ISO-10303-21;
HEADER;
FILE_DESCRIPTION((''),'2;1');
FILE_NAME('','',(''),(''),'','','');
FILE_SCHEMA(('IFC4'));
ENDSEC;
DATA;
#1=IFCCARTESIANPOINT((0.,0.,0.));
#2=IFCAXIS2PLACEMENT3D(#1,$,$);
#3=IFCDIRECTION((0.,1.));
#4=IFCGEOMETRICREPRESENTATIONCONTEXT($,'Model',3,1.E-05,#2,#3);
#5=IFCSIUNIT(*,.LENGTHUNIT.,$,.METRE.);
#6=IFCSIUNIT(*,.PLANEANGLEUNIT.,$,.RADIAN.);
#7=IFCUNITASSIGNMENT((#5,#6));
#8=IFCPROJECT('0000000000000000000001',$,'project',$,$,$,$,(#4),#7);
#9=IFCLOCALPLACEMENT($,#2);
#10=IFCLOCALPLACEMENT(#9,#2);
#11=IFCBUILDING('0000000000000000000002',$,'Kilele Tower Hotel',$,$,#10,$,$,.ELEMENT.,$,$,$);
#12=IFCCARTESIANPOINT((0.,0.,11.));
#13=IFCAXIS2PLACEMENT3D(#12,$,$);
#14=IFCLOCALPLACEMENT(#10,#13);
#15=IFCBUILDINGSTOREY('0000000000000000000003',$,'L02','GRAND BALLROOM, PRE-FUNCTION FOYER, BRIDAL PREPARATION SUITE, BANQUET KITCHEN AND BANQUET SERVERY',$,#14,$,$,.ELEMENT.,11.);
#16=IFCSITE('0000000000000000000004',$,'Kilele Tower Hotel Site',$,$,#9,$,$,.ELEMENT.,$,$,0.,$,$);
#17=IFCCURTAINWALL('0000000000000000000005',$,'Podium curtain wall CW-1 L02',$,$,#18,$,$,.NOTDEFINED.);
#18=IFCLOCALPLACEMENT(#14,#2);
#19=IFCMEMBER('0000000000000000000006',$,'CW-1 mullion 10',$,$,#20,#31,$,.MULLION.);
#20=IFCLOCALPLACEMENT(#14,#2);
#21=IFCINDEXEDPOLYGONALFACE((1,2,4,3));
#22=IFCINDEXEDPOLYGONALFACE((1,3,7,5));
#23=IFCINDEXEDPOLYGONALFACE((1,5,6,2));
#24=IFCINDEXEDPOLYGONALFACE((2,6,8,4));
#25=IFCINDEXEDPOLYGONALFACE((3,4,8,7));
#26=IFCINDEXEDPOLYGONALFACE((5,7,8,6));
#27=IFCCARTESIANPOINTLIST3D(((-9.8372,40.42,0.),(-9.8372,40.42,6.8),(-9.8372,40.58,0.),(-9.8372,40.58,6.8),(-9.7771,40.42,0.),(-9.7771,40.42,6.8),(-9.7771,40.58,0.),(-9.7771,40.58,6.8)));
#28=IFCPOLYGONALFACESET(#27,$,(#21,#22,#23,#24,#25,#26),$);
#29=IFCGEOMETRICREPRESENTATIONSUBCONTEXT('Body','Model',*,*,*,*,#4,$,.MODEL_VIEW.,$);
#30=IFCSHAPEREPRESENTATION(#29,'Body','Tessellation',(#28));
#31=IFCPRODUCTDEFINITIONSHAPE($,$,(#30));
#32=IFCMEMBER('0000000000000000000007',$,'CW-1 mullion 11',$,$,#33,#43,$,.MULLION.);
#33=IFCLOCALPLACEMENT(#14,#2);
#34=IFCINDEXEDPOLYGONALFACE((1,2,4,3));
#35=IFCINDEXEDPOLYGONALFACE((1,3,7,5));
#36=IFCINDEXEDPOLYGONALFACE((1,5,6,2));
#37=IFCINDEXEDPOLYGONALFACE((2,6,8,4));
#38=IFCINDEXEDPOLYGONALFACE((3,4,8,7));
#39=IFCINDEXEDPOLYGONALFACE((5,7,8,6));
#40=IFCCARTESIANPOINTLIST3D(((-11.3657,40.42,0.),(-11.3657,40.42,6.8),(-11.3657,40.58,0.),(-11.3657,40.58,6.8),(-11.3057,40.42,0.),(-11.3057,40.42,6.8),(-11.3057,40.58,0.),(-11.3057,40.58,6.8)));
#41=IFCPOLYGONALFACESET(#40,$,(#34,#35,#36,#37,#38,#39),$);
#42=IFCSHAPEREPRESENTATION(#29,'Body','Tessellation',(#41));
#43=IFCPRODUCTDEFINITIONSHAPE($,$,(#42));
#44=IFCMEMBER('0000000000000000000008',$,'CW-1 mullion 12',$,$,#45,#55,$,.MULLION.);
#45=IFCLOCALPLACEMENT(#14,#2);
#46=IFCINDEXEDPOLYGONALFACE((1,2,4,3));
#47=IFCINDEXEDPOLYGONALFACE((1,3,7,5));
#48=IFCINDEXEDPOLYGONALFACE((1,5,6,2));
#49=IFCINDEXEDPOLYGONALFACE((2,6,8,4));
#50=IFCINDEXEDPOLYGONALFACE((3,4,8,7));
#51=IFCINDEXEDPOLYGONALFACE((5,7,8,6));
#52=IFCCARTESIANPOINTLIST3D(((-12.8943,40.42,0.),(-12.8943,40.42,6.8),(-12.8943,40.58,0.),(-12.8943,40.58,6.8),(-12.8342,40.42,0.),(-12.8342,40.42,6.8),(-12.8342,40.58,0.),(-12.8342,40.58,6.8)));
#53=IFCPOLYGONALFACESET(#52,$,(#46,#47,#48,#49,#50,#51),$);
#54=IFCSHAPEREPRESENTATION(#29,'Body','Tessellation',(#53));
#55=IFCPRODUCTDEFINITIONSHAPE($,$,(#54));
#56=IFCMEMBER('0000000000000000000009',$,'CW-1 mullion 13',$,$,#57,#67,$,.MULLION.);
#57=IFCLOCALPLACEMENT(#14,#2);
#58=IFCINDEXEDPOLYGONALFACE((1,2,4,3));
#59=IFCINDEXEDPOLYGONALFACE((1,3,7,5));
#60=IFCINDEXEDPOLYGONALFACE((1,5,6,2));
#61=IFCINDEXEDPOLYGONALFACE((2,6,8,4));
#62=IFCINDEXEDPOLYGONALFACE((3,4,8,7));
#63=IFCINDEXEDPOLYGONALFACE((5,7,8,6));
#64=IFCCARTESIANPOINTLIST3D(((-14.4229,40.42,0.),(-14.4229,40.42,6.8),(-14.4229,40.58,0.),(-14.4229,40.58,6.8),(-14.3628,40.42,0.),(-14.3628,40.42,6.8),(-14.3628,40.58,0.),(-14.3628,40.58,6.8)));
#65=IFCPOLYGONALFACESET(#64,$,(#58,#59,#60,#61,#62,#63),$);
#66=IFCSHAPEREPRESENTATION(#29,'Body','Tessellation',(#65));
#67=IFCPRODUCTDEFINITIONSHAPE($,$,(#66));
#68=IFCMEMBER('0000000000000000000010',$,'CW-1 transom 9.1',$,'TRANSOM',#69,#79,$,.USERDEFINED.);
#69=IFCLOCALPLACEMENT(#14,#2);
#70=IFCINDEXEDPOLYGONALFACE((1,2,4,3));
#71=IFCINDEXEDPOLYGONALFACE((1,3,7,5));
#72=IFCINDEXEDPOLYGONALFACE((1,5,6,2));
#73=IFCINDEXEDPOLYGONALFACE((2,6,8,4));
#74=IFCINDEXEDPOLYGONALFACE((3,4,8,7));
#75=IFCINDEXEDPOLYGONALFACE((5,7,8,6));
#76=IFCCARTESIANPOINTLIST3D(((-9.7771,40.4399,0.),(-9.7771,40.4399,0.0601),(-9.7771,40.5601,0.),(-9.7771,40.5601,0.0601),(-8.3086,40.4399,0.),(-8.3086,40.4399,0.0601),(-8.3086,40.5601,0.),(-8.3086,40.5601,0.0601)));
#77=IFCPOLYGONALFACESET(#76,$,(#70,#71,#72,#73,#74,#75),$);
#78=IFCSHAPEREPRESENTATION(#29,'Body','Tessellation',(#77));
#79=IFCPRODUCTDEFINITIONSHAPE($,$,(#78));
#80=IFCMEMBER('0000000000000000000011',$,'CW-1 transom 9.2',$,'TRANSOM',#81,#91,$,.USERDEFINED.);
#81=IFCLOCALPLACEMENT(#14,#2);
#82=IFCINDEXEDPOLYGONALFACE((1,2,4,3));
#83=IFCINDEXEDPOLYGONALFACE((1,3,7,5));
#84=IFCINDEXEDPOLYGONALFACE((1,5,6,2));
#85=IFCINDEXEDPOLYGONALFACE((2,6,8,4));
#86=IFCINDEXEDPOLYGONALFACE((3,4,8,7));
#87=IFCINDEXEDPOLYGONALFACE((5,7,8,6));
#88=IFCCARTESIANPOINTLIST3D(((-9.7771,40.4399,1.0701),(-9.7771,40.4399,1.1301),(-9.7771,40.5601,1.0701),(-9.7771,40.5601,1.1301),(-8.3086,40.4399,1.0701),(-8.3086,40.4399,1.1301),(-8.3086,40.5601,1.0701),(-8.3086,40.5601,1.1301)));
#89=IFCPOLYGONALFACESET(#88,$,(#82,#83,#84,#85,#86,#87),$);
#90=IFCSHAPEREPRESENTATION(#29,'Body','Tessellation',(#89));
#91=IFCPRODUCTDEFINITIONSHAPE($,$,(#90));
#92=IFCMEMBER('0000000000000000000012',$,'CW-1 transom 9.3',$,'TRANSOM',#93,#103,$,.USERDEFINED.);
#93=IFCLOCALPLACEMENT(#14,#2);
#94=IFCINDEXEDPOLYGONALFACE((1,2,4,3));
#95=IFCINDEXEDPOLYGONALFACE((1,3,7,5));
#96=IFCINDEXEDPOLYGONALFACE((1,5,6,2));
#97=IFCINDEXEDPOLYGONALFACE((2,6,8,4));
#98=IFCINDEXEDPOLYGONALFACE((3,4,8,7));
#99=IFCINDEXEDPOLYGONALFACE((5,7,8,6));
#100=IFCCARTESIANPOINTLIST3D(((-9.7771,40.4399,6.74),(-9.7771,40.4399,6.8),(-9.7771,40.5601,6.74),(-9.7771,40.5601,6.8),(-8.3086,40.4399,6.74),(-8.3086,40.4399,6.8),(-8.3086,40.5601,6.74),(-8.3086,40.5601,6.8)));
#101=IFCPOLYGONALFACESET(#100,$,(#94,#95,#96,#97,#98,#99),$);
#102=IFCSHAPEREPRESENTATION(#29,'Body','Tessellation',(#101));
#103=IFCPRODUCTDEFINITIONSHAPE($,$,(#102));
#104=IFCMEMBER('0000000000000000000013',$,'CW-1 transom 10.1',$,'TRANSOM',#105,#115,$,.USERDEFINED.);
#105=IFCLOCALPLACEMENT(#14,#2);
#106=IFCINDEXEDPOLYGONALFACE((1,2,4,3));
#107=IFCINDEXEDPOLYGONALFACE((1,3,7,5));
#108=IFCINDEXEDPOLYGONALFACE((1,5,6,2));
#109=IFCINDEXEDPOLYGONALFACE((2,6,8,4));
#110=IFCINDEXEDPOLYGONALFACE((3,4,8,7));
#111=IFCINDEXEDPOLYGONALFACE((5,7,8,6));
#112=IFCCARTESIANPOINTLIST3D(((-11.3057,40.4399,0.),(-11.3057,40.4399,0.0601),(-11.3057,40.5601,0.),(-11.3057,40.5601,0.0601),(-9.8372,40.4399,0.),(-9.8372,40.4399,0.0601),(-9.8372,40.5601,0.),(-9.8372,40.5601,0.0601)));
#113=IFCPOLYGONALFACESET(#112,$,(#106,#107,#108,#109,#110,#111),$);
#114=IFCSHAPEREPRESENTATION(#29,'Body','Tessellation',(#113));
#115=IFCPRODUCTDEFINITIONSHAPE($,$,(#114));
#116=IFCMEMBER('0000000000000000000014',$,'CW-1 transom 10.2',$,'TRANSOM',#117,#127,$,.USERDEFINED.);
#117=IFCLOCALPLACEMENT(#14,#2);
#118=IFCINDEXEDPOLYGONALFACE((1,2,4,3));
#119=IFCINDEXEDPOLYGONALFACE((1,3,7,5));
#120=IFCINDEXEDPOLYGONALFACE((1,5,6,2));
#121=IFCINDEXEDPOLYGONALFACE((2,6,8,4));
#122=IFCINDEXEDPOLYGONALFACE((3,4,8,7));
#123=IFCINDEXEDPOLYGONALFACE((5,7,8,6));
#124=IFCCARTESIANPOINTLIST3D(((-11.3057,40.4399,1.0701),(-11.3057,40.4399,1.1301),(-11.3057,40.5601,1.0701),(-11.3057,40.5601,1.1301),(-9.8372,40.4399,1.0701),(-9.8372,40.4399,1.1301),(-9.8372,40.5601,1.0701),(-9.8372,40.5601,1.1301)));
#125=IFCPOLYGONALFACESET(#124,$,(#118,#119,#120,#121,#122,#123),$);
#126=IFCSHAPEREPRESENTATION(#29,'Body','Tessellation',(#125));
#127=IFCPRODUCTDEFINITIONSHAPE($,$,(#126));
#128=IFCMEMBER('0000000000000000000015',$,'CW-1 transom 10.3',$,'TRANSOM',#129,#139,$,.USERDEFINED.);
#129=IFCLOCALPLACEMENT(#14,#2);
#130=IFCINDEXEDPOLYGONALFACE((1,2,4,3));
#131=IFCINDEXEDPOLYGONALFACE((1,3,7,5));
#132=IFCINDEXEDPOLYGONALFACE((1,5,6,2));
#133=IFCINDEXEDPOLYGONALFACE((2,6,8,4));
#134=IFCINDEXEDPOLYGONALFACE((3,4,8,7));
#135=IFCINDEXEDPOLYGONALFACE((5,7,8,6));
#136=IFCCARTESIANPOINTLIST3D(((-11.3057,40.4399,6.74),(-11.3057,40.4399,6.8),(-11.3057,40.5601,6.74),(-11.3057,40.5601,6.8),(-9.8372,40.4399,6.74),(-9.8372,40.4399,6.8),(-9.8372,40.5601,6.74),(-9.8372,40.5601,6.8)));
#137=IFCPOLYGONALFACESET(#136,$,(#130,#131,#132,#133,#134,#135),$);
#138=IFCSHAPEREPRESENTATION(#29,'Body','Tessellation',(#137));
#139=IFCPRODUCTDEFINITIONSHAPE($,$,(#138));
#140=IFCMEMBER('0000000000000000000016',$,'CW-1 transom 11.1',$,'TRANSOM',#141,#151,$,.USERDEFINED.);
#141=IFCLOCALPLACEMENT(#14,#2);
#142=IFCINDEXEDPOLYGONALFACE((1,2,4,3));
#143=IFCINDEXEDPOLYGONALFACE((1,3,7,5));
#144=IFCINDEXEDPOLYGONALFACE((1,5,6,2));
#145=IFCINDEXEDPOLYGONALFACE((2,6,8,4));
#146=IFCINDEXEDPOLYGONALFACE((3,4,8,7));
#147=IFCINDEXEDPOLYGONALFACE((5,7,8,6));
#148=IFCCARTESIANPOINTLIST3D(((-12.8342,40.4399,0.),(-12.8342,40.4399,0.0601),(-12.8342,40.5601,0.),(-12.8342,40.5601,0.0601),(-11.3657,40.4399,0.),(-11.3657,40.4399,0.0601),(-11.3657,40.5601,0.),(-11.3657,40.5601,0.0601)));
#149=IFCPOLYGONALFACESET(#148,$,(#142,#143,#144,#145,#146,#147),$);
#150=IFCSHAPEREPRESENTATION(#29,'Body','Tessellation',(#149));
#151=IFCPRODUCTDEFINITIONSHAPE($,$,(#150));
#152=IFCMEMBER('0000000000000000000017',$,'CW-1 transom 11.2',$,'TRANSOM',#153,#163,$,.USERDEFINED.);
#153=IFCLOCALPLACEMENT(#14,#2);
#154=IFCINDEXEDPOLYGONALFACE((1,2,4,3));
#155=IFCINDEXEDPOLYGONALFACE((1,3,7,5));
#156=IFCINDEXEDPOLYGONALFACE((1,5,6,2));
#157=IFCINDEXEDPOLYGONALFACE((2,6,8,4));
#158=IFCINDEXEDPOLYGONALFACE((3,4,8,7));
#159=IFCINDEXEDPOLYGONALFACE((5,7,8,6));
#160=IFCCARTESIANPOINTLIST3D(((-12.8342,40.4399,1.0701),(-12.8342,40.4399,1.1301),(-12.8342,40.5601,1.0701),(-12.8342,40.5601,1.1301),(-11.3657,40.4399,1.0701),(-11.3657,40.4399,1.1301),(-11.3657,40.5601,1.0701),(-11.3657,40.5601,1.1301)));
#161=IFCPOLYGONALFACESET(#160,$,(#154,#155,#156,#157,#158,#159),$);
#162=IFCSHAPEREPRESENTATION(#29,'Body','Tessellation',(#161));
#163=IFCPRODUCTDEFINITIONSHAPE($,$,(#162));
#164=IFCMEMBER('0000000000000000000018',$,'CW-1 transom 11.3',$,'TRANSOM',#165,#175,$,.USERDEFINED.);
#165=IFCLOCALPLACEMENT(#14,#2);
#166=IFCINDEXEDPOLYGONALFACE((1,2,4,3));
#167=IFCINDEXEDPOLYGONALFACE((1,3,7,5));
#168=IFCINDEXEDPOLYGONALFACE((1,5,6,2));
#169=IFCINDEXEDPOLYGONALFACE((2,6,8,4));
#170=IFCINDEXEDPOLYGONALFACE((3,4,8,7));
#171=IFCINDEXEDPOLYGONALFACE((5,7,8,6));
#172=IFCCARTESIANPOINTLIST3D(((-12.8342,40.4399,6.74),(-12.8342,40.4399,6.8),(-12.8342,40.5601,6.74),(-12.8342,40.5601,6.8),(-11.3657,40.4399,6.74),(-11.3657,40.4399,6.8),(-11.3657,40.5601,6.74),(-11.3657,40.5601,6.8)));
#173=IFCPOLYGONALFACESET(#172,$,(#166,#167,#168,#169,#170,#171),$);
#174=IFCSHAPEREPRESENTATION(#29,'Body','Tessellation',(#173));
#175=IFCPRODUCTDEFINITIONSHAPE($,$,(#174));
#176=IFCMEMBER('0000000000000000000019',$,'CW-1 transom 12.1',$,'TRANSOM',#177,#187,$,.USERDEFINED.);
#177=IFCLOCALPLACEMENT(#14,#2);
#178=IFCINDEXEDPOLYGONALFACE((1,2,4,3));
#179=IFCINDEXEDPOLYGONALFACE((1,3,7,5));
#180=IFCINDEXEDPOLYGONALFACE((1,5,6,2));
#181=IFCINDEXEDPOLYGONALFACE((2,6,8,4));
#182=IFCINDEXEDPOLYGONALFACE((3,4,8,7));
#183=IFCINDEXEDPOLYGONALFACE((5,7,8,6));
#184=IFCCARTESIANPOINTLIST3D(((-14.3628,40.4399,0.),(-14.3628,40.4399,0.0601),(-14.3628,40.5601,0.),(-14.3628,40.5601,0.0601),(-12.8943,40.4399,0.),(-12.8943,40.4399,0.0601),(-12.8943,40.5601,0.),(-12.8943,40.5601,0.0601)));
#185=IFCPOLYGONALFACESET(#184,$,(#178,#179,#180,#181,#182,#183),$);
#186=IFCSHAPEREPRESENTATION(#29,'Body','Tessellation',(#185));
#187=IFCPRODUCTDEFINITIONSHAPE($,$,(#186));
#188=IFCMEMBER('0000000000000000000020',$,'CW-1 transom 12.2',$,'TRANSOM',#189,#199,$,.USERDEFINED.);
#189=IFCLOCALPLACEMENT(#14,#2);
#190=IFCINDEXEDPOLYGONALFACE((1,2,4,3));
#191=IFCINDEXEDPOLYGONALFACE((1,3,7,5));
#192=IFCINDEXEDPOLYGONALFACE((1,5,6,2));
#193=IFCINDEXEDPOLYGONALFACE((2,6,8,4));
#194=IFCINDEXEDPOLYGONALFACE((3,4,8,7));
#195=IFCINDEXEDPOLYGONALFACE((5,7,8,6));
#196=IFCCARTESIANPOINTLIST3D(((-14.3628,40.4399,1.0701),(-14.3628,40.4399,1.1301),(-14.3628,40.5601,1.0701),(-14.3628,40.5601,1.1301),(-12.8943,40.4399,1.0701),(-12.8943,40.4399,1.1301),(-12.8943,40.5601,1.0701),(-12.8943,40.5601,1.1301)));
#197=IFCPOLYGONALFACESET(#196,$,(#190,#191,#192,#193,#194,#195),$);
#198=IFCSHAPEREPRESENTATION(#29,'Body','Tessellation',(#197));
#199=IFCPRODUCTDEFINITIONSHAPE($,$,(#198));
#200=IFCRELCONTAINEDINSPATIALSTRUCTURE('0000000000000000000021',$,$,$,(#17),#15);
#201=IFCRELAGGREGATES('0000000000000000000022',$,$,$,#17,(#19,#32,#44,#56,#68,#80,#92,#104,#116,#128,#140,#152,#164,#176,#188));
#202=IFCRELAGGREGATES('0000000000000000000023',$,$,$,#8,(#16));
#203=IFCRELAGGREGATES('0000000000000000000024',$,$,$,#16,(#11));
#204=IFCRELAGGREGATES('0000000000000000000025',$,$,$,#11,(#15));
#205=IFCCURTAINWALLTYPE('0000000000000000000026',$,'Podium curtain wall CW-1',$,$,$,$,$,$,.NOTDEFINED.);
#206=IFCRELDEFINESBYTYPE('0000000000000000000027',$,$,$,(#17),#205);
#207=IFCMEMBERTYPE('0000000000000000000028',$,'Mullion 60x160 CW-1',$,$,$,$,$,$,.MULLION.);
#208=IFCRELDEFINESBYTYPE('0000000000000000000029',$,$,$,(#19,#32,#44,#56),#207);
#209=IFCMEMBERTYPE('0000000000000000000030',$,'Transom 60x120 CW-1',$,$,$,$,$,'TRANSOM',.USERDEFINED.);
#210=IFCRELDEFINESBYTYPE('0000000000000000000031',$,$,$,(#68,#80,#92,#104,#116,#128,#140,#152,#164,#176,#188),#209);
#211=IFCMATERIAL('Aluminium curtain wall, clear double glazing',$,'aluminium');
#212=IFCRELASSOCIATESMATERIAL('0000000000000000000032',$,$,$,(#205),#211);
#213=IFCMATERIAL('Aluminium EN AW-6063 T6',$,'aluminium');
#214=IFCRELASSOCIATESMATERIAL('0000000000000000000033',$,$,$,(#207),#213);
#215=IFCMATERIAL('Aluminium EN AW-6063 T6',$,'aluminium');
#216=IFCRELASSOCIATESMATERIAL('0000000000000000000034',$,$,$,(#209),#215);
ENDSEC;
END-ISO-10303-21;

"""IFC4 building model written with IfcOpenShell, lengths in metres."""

from ifc_helpers import new_model, si_unit, direction, frame, origin, origin_2d, place, context, subcontext, project, spatial, rectangle, extrude, material, material_profile, profile_set, type_object, element, aggregate, save


model = new_model("IFC4")

# Units and contexts
model_context = context("Model", 3, precision=1e-05, world=origin(), true_north=direction((0.0, 1.0)))
body_context = subcontext(model_context, "Body", "Model", "MODEL_VIEW")
ifc_project = project(units=[si_unit("LENGTHUNIT", "METRE"), si_unit("PLANEANGLEUNIT", "RADIAN")], contexts=[model_context])

# Site, building, storey
site_placement = place(None, origin())
site = spatial("IfcSite", under=ifc_project, at=site_placement, Name="Kilele Tower Hotel Site", CompositionType="ELEMENT", RefElevation=0.0)
building_placement = place(site_placement, origin())
building = spatial("IfcBuilding", under=site, at=building_placement, Name="Kilele Tower Hotel", CompositionType="ELEMENT")
storey_placement = place(building_placement, frame((0.0, 0.0, 11.0)))
storey = spatial("IfcBuildingStorey", under=building, at=storey_placement, Name="L02", Description="GRAND BALLROOM, PRE-FUNCTION FOYER, BRIDAL PREPARATION SUITE, BANQUET KITCHEN AND BANQUET SERVERY", CompositionType="ELEMENT", Elevation=11.0)

# Curtain wall, members
ifc_material_1 = material(Name="Aluminium curtain wall, clear double glazing", Category="aluminium")
curtain_wall_type = type_object("IfcCurtainWallType", Name="Podium curtain wall CW-1", PredefinedType="NOTDEFINED", material=ifc_material_1)
curtain_wall_placement = place(storey_placement, origin())
curtain_wall = element("IfcCurtainWall", 1, at=curtain_wall_placement, inside=storey, type_object=curtain_wall_type, Name="Podium curtain wall CW-1 L02", PredefinedType="NOTDEFINED")
ifc_material_2 = material(Name="Aluminium EN AW-6063 T6", Category="aluminium")
ifc_material_profile_1 = material_profile(ifc_material_2, rectangle(XDim=0.1599, YDim=0.0601, at=origin_2d()))
ifc_profile_set_1 = profile_set([ifc_material_profile_1], Name="Aluminium EN AW-6063 T6")
member_type_1 = type_object("IfcMemberType", Name="Mullion 60x160 CW-1", PredefinedType="MULLION", material=ifc_profile_set_1)
member_1_placement = place(storey_placement, frame((-9.8071, 40.5, 0.0), z_axis=(0.0, 0.0, 1.0), x_axis=(0.0, -1.0, 0.0)))
member_1 = element("IfcMember", 2, at=member_1_placement, type_object=member_type_1, Name="CW-1 mullion 10", PredefinedType="MULLION", context=body_context, shape_type="SweptSolid", body=[
    extrude(rectangle(XDim=0.1599, YDim=0.0601, at=origin_2d()), origin(), (0.0, 0.0, 1.0), 6.8),
])
member_2_placement = place(storey_placement, frame((-11.3357, 40.5, 0.0), z_axis=(0.0, 0.0, 1.0), x_axis=(0.0, -1.0, 0.0)))
member_2 = element("IfcMember", 3, at=member_2_placement, type_object=member_type_1, Name="CW-1 mullion 11", PredefinedType="MULLION", context=body_context, shape_type="SweptSolid", body=[
    extrude(rectangle(XDim=0.1599, YDim=0.0601, at=origin_2d()), origin(), (0.0, 0.0, 1.0), 6.8),
])
member_3_placement = place(storey_placement, frame((-12.8643, 40.5, 0.0), z_axis=(0.0, 0.0, 1.0), x_axis=(0.0, -1.0, 0.0)))
member_3 = element("IfcMember", 4, at=member_3_placement, type_object=member_type_1, Name="CW-1 mullion 12", PredefinedType="MULLION", context=body_context, shape_type="SweptSolid", body=[
    extrude(rectangle(XDim=0.1599, YDim=0.0601, at=origin_2d()), origin(), (0.0, 0.0, 1.0), 6.8),
])
member_4_placement = place(storey_placement, frame((-14.3928, 40.5, 0.0), z_axis=(0.0, 0.0, 1.0), x_axis=(0.0, -1.0, 0.0)))
member_4 = element("IfcMember", 5, at=member_4_placement, type_object=member_type_1, Name="CW-1 mullion 13", PredefinedType="MULLION", context=body_context, shape_type="SweptSolid", body=[
    extrude(rectangle(XDim=0.1599, YDim=0.0601, at=origin_2d()), origin(), (0.0, 0.0, 1.0), 6.8),
])
ifc_material_3 = material(Name="Aluminium EN AW-6063 T6", Category="aluminium")
ifc_material_profile_2 = material_profile(ifc_material_3, rectangle(XDim=0.1201, YDim=0.0601, at=origin_2d()))
ifc_profile_set_2 = profile_set([ifc_material_profile_2], Name="Aluminium EN AW-6063 T6")
member_type_2 = type_object("IfcMemberType", Name="Transom 60x120 CW-1", ElementType="TRANSOM", PredefinedType="USERDEFINED", material=ifc_profile_set_2)
member_5_placement = place(storey_placement, frame((-8.3086, 40.5, 0.03), z_axis=(-1.0, 0.0, 0.0), x_axis=(0.0, -1.0, 0.0)))
member_5 = element("IfcMember", 6, at=member_5_placement, type_object=member_type_2, Name="CW-1 transom 9.1", ObjectType="TRANSOM", PredefinedType="USERDEFINED", context=body_context, shape_type="SweptSolid", body=[
    extrude(rectangle(XDim=0.1201, YDim=0.0601, at=origin_2d()), origin(), (0.0, 0.0, 1.0), 1.4685),
])
member_6_placement = place(storey_placement, frame((-8.3086, 40.5, 1.1001), z_axis=(-1.0, 0.0, 0.0), x_axis=(0.0, -1.0, 0.0)))
member_6 = element("IfcMember", 7, at=member_6_placement, type_object=member_type_2, Name="CW-1 transom 9.2", ObjectType="TRANSOM", PredefinedType="USERDEFINED", context=body_context, shape_type="SweptSolid", body=[
    extrude(rectangle(XDim=0.1201, YDim=0.0601, at=origin_2d()), origin(), (0.0, 0.0, 1.0), 1.4685),
])
member_7_placement = place(storey_placement, frame((-8.3086, 40.5, 6.77), z_axis=(-1.0, 0.0, 0.0), x_axis=(0.0, -1.0, 0.0)))
member_7 = element("IfcMember", 8, at=member_7_placement, type_object=member_type_2, Name="CW-1 transom 9.3", ObjectType="TRANSOM", PredefinedType="USERDEFINED", context=body_context, shape_type="SweptSolid", body=[
    extrude(rectangle(XDim=0.1201, YDim=0.0601, at=origin_2d()), origin(), (0.0, 0.0, 1.0), 1.4685),
])
member_8_placement = place(storey_placement, frame((-9.8372, 40.5, 0.03), z_axis=(-1.0, 0.0, 0.0), x_axis=(0.0, -1.0, 0.0)))
member_8 = element("IfcMember", 9, at=member_8_placement, type_object=member_type_2, Name="CW-1 transom 10.1", ObjectType="TRANSOM", PredefinedType="USERDEFINED", context=body_context, shape_type="SweptSolid", body=[
    extrude(rectangle(XDim=0.1201, YDim=0.0601, at=origin_2d()), origin(), (0.0, 0.0, 1.0), 1.4685),
])
member_9_placement = place(storey_placement, frame((-9.8372, 40.5, 1.1001), z_axis=(-1.0, 0.0, 0.0), x_axis=(0.0, -1.0, 0.0)))
member_9 = element("IfcMember", 10, at=member_9_placement, type_object=member_type_2, Name="CW-1 transom 10.2", ObjectType="TRANSOM", PredefinedType="USERDEFINED", context=body_context, shape_type="SweptSolid", body=[
    extrude(rectangle(XDim=0.1201, YDim=0.0601, at=origin_2d()), origin(), (0.0, 0.0, 1.0), 1.4685),
])
member_10_placement = place(storey_placement, frame((-9.8372, 40.5, 6.77), z_axis=(-1.0, 0.0, 0.0), x_axis=(0.0, -1.0, 0.0)))
member_10 = element("IfcMember", 11, at=member_10_placement, type_object=member_type_2, Name="CW-1 transom 10.3", ObjectType="TRANSOM", PredefinedType="USERDEFINED", context=body_context, shape_type="SweptSolid", body=[
    extrude(rectangle(XDim=0.1201, YDim=0.0601, at=origin_2d()), origin(), (0.0, 0.0, 1.0), 1.4685),
])
member_11_placement = place(storey_placement, frame((-11.3657, 40.5, 0.03), z_axis=(-1.0, 0.0, 0.0), x_axis=(0.0, -1.0, 0.0)))
member_11 = element("IfcMember", 12, at=member_11_placement, type_object=member_type_2, Name="CW-1 transom 11.1", ObjectType="TRANSOM", PredefinedType="USERDEFINED", context=body_context, shape_type="SweptSolid", body=[
    extrude(rectangle(XDim=0.1201, YDim=0.0601, at=origin_2d()), origin(), (0.0, 0.0, 1.0), 1.4685),
])
member_12_placement = place(storey_placement, frame((-11.3657, 40.5, 1.1001), z_axis=(-1.0, 0.0, 0.0), x_axis=(0.0, -1.0, 0.0)))
member_12 = element("IfcMember", 13, at=member_12_placement, type_object=member_type_2, Name="CW-1 transom 11.2", ObjectType="TRANSOM", PredefinedType="USERDEFINED", context=body_context, shape_type="SweptSolid", body=[
    extrude(rectangle(XDim=0.1201, YDim=0.0601, at=origin_2d()), origin(), (0.0, 0.0, 1.0), 1.4685),
])
member_13_placement = place(storey_placement, frame((-11.3657, 40.5, 6.77), z_axis=(-1.0, 0.0, 0.0), x_axis=(0.0, -1.0, 0.0)))
member_13 = element("IfcMember", 14, at=member_13_placement, type_object=member_type_2, Name="CW-1 transom 11.3", ObjectType="TRANSOM", PredefinedType="USERDEFINED", context=body_context, shape_type="SweptSolid", body=[
    extrude(rectangle(XDim=0.1201, YDim=0.0601, at=origin_2d()), origin(), (0.0, 0.0, 1.0), 1.4685),
])
member_14_placement = place(storey_placement, frame((-12.8943, 40.5, 0.03), z_axis=(-1.0, 0.0, 0.0), x_axis=(0.0, -1.0, 0.0)))
member_14 = element("IfcMember", 15, at=member_14_placement, type_object=member_type_2, Name="CW-1 transom 12.1", ObjectType="TRANSOM", PredefinedType="USERDEFINED", context=body_context, shape_type="SweptSolid", body=[
    extrude(rectangle(XDim=0.1201, YDim=0.0601, at=origin_2d()), origin(), (0.0, 0.0, 1.0), 1.4685),
])
member_15_placement = place(storey_placement, frame((-12.8943, 40.5, 1.1001), z_axis=(-1.0, 0.0, 0.0), x_axis=(0.0, -1.0, 0.0)))
member_15 = element("IfcMember", 16, at=member_15_placement, type_object=member_type_2, Name="CW-1 transom 12.2", ObjectType="TRANSOM", PredefinedType="USERDEFINED", context=body_context, shape_type="SweptSolid", body=[
    extrude(rectangle(XDim=0.1201, YDim=0.0601, at=origin_2d()), origin(), (0.0, 0.0, 1.0), 1.4685),
])
aggregate(curtain_wall, [member_1, member_2, member_3, member_4, member_5, member_6, member_7, member_8, member_9, member_10, member_11, member_12, member_13, member_14, member_15])

save(model, "model.ifc")
